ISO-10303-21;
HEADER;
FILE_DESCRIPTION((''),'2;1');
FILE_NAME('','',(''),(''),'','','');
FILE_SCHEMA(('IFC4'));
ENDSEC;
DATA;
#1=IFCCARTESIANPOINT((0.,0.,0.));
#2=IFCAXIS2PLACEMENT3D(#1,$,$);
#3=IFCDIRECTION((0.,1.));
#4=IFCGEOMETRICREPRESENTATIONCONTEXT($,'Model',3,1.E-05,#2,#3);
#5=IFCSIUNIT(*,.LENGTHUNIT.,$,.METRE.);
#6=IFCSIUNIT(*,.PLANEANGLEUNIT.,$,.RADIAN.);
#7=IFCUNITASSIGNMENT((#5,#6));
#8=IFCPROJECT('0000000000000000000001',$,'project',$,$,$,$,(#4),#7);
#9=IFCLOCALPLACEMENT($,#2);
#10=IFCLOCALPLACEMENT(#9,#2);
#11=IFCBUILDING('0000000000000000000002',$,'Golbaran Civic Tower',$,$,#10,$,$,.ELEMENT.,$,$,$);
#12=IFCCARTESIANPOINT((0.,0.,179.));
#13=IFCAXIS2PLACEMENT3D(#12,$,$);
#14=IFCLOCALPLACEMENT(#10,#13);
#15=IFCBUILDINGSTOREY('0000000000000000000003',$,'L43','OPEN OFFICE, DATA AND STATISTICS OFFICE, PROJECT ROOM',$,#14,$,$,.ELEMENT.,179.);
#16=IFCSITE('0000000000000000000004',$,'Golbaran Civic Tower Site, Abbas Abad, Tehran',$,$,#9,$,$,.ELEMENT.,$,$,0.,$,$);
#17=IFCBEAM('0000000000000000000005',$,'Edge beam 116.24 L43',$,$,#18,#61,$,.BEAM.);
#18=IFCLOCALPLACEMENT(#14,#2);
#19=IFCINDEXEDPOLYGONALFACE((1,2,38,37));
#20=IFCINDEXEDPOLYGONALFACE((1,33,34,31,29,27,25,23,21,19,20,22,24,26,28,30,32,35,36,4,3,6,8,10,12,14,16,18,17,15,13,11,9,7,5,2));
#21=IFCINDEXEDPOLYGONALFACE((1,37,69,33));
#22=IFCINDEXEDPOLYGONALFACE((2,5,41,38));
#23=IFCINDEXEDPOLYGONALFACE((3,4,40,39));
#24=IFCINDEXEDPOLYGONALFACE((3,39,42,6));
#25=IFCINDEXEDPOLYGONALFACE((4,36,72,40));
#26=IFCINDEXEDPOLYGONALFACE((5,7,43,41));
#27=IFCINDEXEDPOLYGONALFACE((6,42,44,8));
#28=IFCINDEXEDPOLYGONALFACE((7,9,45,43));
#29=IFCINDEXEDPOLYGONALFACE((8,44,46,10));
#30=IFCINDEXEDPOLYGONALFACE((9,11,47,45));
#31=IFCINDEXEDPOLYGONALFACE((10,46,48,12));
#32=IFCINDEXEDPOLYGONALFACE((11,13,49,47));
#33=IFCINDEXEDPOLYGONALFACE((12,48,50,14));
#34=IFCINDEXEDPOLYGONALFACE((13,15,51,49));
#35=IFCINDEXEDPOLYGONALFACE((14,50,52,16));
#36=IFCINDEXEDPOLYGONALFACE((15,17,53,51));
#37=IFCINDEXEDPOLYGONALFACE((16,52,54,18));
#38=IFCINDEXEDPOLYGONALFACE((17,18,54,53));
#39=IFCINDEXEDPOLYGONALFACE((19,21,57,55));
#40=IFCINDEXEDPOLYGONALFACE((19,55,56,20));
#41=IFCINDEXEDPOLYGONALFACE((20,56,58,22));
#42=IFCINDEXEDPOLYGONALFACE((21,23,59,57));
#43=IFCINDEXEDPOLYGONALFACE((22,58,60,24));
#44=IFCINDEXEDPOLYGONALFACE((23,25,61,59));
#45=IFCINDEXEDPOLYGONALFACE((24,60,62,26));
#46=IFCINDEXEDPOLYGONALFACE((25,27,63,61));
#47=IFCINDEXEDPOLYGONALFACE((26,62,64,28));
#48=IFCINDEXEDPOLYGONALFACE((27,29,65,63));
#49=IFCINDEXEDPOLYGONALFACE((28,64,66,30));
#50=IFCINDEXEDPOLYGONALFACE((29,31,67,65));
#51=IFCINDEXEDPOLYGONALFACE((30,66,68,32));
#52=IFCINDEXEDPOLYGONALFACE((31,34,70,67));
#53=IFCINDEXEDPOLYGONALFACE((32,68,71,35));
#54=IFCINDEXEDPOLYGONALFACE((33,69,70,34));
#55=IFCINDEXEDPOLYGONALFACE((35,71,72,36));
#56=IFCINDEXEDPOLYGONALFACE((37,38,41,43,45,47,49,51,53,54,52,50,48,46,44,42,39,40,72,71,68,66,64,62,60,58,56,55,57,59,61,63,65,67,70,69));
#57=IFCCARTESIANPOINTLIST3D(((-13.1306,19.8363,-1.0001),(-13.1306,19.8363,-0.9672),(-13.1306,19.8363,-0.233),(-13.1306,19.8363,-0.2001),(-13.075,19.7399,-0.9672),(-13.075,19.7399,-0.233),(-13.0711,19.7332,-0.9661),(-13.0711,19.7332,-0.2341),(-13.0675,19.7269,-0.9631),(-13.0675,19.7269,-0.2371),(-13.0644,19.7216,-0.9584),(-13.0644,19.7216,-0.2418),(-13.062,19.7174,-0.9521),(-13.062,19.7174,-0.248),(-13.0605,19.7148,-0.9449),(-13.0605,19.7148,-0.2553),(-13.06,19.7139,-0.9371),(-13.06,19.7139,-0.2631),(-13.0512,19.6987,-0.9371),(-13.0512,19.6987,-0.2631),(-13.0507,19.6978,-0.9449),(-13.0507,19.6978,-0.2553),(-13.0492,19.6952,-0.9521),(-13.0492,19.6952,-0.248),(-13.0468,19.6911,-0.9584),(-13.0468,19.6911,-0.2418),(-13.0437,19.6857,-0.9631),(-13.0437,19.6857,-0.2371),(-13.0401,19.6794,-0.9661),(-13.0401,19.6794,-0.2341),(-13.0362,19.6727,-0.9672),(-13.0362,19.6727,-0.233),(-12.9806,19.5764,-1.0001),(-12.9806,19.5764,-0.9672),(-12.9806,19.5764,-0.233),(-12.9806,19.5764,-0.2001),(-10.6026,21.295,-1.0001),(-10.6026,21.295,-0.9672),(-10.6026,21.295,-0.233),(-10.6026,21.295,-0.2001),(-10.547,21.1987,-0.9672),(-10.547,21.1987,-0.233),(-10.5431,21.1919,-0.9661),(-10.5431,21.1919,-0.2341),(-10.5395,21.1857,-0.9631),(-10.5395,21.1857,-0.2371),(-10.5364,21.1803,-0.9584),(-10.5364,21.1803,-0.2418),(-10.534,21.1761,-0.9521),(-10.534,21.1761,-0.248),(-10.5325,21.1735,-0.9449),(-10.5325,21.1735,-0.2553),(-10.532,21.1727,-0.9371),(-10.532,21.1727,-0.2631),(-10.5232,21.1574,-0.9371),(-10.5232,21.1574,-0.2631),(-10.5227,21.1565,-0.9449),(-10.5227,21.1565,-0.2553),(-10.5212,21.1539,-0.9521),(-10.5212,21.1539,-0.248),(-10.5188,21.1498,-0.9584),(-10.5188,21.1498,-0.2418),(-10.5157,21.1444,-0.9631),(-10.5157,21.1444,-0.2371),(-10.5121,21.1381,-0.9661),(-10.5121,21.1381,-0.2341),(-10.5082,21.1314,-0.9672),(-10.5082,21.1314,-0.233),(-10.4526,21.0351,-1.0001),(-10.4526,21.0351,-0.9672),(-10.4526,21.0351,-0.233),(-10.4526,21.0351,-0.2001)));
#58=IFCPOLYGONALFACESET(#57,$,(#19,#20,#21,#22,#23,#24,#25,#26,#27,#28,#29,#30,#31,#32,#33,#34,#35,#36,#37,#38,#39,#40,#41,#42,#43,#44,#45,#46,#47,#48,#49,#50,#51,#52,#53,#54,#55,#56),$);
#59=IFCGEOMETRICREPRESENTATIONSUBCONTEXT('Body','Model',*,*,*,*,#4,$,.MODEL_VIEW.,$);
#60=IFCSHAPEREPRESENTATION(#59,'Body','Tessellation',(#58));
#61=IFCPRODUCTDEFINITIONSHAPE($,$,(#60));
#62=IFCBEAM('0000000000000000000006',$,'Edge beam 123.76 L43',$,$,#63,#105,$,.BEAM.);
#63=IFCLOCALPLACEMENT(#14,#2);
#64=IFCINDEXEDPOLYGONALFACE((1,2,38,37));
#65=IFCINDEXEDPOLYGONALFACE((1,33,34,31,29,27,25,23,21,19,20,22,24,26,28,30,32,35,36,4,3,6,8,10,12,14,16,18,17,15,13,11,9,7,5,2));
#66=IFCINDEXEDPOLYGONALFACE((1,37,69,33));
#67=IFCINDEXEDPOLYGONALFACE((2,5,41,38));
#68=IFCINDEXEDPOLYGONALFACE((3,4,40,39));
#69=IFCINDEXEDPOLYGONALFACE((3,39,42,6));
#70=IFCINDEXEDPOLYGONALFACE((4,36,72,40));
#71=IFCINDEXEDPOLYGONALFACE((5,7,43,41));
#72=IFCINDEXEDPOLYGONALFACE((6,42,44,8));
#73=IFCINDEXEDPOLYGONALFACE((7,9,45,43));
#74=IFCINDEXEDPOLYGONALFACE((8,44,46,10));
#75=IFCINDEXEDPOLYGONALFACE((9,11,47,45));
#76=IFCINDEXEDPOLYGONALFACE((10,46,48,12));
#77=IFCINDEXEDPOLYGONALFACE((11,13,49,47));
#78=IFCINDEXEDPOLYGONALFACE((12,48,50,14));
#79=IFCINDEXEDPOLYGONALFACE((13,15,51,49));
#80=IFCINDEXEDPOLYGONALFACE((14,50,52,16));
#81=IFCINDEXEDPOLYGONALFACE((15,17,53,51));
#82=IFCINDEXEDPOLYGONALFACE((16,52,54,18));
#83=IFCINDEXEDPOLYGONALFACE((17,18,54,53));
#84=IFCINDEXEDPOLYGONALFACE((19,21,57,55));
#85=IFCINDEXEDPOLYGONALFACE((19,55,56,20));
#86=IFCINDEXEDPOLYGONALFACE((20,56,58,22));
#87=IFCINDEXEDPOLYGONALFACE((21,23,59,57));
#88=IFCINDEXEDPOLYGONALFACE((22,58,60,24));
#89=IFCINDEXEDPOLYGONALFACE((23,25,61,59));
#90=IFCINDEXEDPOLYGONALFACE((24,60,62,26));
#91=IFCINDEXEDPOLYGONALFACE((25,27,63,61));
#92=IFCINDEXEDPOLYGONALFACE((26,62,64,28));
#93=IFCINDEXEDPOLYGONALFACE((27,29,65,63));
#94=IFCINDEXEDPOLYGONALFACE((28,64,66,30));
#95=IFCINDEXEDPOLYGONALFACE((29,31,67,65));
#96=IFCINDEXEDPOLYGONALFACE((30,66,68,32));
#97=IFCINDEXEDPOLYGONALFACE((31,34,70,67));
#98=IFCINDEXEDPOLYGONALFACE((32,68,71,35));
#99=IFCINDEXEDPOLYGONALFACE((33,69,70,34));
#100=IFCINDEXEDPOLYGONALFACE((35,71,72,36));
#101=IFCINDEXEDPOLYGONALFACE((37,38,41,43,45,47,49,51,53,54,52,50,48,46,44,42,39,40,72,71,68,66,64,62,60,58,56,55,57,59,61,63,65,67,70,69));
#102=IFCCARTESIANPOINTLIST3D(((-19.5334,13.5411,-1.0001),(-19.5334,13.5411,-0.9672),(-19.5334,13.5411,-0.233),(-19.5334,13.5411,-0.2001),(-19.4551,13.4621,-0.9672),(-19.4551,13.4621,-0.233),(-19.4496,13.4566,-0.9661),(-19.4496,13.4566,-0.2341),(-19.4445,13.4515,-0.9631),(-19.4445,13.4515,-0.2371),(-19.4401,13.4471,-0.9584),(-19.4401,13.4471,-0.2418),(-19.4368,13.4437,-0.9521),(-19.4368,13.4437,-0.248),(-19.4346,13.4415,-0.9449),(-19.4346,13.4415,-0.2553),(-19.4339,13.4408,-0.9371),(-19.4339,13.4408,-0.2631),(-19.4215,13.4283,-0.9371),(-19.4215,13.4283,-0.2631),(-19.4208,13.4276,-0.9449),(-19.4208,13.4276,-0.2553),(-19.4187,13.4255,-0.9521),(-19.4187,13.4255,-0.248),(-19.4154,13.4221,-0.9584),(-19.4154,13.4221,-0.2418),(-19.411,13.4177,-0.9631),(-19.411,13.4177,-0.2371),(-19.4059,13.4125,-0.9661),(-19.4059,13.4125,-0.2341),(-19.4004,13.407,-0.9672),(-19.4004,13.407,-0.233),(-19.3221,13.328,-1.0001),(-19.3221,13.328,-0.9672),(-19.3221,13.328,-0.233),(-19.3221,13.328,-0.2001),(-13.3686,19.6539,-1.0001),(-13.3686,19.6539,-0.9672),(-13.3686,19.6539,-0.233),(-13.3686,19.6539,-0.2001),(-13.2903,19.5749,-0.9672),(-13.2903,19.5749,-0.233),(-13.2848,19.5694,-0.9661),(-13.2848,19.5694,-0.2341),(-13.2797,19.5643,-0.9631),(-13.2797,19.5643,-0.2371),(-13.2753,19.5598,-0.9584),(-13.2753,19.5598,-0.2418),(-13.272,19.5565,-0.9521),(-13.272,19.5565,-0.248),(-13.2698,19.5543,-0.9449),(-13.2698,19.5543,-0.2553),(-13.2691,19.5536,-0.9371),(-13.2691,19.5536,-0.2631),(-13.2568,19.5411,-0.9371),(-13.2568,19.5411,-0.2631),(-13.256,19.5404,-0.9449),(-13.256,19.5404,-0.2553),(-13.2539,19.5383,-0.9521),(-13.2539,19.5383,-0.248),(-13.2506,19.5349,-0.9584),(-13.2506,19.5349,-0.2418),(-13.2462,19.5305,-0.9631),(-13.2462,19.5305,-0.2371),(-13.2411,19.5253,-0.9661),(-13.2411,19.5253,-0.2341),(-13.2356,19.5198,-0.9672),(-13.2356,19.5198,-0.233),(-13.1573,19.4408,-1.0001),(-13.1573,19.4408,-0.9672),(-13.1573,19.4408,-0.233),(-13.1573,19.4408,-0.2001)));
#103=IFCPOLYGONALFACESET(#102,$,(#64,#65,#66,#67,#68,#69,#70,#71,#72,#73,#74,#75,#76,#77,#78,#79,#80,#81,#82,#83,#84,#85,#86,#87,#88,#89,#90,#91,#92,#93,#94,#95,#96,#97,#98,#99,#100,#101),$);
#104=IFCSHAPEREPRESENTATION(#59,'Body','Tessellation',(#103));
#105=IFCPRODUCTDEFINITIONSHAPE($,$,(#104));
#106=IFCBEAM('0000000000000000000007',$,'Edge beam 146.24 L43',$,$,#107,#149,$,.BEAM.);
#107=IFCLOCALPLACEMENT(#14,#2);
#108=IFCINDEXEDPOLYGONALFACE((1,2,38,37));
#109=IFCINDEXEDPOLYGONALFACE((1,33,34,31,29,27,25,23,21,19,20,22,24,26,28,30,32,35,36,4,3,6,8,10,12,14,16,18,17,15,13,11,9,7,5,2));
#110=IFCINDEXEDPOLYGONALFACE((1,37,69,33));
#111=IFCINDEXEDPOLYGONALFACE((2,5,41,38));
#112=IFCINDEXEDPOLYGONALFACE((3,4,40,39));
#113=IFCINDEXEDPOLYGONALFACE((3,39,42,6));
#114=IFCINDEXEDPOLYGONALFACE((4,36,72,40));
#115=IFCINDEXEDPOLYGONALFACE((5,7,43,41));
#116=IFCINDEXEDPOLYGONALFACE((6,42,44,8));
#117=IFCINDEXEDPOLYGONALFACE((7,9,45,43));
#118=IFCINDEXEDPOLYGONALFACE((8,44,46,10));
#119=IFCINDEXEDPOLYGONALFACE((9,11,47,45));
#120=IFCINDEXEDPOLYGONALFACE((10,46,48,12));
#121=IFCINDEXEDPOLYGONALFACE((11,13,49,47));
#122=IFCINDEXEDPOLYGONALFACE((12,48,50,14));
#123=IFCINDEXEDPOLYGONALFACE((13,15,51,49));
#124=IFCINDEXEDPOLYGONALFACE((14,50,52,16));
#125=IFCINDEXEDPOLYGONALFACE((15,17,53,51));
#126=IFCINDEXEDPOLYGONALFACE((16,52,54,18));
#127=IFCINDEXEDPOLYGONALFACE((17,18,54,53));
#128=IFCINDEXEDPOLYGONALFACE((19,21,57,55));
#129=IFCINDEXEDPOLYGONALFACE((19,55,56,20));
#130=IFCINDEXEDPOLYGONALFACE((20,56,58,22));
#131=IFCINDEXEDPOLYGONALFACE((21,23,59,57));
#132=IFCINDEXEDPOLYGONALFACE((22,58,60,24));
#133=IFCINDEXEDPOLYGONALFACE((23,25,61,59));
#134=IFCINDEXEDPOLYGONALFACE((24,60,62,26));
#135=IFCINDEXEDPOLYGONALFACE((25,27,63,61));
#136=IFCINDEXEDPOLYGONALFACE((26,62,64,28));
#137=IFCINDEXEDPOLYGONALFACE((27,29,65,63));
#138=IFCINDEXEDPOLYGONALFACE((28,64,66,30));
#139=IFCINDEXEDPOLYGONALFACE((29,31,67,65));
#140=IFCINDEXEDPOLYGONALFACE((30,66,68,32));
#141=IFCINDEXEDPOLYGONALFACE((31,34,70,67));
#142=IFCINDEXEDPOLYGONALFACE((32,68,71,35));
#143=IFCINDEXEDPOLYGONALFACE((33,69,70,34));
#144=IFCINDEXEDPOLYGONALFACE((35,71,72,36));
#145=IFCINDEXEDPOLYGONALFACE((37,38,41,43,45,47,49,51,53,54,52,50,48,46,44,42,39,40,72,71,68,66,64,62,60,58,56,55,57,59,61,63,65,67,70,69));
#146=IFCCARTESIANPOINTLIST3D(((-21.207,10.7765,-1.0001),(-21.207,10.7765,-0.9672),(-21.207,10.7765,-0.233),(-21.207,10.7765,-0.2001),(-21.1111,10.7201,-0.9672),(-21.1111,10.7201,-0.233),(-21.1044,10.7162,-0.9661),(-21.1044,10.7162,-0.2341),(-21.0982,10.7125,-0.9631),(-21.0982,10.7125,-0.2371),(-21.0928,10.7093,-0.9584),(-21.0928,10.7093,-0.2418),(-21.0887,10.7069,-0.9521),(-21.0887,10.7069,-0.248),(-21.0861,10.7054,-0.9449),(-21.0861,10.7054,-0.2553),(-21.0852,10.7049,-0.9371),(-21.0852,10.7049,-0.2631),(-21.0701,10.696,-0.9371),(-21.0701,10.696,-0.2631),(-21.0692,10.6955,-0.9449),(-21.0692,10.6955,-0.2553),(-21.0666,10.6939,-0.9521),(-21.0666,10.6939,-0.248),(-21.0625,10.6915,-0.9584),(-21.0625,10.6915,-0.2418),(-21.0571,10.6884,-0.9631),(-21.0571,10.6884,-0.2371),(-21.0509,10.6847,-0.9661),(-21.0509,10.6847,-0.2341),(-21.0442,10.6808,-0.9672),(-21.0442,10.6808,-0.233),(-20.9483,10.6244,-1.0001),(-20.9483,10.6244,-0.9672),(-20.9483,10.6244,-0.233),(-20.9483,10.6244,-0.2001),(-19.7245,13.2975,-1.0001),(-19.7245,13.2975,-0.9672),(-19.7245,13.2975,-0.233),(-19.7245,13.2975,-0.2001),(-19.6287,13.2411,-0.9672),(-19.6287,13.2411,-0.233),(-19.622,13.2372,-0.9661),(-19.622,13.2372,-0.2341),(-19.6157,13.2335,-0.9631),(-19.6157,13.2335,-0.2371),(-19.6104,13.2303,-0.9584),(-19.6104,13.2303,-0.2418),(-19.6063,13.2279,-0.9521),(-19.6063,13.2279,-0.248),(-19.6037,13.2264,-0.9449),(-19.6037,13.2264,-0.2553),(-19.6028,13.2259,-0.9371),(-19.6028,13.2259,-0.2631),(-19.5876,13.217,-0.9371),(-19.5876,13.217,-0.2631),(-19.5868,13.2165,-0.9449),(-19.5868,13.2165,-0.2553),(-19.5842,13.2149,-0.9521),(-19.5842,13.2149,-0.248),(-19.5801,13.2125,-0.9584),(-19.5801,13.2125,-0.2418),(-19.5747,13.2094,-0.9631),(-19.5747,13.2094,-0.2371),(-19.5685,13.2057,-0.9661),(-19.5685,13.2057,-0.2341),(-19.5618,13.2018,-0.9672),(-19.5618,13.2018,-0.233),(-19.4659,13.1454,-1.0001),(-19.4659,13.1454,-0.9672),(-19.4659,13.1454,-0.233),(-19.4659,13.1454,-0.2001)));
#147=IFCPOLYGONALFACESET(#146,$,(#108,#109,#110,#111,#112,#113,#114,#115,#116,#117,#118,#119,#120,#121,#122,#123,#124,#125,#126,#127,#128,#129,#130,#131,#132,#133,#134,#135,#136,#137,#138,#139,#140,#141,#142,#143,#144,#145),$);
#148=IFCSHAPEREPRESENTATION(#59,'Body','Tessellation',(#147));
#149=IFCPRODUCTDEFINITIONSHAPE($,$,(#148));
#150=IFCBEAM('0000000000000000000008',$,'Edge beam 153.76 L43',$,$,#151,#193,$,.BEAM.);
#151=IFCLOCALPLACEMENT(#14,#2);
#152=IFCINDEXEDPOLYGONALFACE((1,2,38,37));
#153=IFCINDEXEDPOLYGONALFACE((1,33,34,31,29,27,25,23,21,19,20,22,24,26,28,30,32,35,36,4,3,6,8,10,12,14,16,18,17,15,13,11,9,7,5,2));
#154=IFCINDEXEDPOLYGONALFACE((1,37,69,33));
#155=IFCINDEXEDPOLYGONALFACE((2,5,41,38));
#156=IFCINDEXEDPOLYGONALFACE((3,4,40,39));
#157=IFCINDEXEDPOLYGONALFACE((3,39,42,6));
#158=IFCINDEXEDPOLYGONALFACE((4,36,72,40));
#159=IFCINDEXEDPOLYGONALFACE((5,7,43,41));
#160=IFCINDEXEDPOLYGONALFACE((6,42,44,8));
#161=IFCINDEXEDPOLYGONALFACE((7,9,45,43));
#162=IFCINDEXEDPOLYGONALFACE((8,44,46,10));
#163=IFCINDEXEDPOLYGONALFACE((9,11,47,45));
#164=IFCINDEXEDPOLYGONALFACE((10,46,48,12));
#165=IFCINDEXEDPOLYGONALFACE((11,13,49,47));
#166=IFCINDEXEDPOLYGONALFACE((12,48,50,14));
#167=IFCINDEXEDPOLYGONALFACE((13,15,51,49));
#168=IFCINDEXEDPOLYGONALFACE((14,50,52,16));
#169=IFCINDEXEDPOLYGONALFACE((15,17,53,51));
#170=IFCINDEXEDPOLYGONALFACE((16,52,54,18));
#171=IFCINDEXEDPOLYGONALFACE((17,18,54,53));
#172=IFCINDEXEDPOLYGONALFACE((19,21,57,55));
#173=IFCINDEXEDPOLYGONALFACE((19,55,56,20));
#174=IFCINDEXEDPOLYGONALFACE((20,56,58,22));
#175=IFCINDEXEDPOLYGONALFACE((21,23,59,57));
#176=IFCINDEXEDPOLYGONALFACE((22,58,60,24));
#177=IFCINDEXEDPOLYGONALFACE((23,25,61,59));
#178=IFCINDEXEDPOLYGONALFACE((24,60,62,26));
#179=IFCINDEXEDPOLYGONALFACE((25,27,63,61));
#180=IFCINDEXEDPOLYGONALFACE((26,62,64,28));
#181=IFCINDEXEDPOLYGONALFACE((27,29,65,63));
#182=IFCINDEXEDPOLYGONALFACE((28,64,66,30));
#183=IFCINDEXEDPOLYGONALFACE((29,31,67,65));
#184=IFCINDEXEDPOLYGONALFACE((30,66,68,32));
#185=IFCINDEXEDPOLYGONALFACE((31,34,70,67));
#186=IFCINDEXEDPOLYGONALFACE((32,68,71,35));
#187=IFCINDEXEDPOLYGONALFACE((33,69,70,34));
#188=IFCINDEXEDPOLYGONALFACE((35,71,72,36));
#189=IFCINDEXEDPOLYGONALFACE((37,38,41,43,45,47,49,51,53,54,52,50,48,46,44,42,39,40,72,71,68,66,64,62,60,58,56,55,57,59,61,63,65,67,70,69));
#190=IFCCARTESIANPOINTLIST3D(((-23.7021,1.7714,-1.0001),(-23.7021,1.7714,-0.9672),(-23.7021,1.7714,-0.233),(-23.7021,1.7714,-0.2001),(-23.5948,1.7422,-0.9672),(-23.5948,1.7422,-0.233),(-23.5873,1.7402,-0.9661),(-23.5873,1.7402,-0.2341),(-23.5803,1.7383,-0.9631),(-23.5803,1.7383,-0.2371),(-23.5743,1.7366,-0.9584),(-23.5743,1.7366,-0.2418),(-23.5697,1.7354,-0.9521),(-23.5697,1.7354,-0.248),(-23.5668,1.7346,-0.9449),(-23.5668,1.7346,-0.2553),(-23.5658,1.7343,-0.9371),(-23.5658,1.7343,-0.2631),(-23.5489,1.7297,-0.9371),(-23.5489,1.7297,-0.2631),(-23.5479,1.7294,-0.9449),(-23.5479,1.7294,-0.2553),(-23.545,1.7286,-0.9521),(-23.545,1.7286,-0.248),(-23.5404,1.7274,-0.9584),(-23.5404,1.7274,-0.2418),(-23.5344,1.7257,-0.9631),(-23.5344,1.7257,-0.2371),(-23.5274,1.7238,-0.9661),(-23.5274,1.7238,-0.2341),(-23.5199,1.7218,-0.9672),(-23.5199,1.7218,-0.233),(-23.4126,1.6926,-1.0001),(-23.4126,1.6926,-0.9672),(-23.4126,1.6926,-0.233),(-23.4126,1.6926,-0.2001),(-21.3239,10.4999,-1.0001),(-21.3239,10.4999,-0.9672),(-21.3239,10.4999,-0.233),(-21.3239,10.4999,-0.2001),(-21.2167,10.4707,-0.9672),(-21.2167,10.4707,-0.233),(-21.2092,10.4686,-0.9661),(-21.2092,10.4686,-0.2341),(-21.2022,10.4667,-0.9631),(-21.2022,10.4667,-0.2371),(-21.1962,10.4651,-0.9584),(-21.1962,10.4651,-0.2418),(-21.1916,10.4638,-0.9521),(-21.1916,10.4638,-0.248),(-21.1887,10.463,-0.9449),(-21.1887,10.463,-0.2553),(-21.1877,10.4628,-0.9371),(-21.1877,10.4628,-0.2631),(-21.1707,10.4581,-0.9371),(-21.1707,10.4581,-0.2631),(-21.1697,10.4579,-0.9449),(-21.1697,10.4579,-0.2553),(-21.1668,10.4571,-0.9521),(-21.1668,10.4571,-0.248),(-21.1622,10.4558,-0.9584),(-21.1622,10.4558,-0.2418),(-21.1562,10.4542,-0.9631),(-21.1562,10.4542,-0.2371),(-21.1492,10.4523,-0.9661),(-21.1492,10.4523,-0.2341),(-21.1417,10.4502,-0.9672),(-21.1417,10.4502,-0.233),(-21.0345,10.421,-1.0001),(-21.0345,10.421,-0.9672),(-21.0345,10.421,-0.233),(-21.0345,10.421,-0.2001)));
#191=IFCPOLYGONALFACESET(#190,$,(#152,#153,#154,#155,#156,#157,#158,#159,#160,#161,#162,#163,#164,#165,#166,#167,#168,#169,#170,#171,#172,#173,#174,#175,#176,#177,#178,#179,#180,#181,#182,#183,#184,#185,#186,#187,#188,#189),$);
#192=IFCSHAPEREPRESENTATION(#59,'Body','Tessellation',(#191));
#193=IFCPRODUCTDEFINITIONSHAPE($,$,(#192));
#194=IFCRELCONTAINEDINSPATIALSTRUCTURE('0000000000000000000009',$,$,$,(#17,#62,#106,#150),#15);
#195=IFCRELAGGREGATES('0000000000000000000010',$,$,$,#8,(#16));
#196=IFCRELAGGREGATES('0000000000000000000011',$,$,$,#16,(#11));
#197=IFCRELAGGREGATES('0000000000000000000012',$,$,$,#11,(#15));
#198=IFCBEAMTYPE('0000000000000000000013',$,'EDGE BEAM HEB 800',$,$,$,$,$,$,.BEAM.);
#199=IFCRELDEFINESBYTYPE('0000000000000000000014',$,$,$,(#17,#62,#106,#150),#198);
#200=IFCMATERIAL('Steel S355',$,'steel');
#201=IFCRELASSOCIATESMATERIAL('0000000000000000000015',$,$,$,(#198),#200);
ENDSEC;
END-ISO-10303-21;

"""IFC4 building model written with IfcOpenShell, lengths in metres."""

from ifc_helpers import new_model, si_unit, direction, frame, origin, origin_2d, place, context, subcontext, project, spatial, i_section, extrude, material, material_profile, profile_set, type_object, element, save


model = new_model("IFC4")

# Units and contexts
model_context = context("Model", 3, precision=1e-05, world=origin(), true_north=direction((0.0, 1.0)))
body_context = subcontext(model_context, "Body", "Model", "MODEL_VIEW")
ifc_project = project(units=[si_unit("LENGTHUNIT", "METRE"), si_unit("PLANEANGLEUNIT", "RADIAN")], contexts=[model_context])

# Site, building, storey
site_placement = place(None, origin())
site = spatial("IfcSite", under=ifc_project, at=site_placement, Name="Golbaran Civic Tower Site, Abbas Abad, Tehran", CompositionType="ELEMENT", RefElevation=0.0)
building_placement = place(site_placement, origin())
building = spatial("IfcBuilding", under=site, at=building_placement, Name="Golbaran Civic Tower", CompositionType="ELEMENT")
storey_placement = place(building_placement, frame((0.0, 0.0, 179.0)))
storey = spatial("IfcBuildingStorey", under=building, at=storey_placement, Name="L43", Description="OPEN OFFICE, DATA AND STATISTICS OFFICE, PROJECT ROOM", CompositionType="ELEMENT", Elevation=179.0)

# Beams
ifc_material_1 = material(Name="Steel S355", Category="steel")
ifc_material_profile_1 = material_profile(ifc_material_1, i_section(OverallWidth=0.3, OverallDepth=0.8, WebThickness=0.0176, FlangeThickness=0.033, FilletRadius=0.03, at=origin_2d()), Name="HEB 800")
ifc_profile_set_1 = profile_set([ifc_material_profile_1], Name="Steel S355")
beam_type_1 = type_object("IfcBeamType", Name="EDGE BEAM HEB 800", PredefinedType="BEAM", material=ifc_profile_set_1)
beam_1_placement = place(storey_placement, frame((-10.5276, 21.165, -0.6001), z_axis=(-0.866151, -0.499783, 0.0), x_axis=(0.499783, -0.866151, 0.0)))
element("IfcBeam", 1, at=beam_1_placement, inside=storey, type_object=beam_type_1, Name="Edge beam 116.24 L43", PredefinedType="BEAM", context=body_context, shape_type="SweptSolid", body=[
    extrude(i_section(OverallWidth=0.3, OverallDepth=0.8, WebThickness=0.0176, FlangeThickness=0.033, FilletRadius=0.03, at=origin_2d()), origin(), (0.0, 0.0, 1.0), 2.9187),
])
beam_2_placement = place(storey_placement, frame((-13.2629, 19.5474, -0.6001), z_axis=(-0.710095, -0.704106, 0.0), x_axis=(0.704106, -0.710095, 0.0)))
element("IfcBeam", 2, at=beam_2_placement, inside=storey, type_object=beam_type_1, Name="Edge beam 123.76 L43", PredefinedType="BEAM", context=body_context, shape_type="SweptSolid", body=[
    extrude(i_section(OverallWidth=0.3, OverallDepth=0.8, WebThickness=0.0176, FlangeThickness=0.033, FilletRadius=0.03, at=origin_2d()), origin(), (0.0, 0.0, 1.0), 8.6816),
])
beam_3_placement = place(storey_placement, frame((-19.5952, 13.2214, -0.6001), z_axis=(-0.506889, -0.862011, 0.0), x_axis=(0.862011, -0.506889, 0.0)))
element("IfcBeam", 3, at=beam_3_placement, inside=storey, type_object=beam_type_1, Name="Edge beam 146.24 L43", PredefinedType="BEAM", context=body_context, shape_type="SweptSolid", body=[
    extrude(i_section(OverallWidth=0.3, OverallDepth=0.8, WebThickness=0.0176, FlangeThickness=0.033, FilletRadius=0.03, at=origin_2d()), origin(), (0.0, 0.0, 1.0), 2.9246),
])
beam_4_placement = place(storey_placement, frame((-21.1792, 10.4604, -0.6001), z_axis=(-0.262878, -0.964829, 0.0), x_axis=(0.964829, -0.262878, 0.0)))
element("IfcBeam", 4, at=beam_4_placement, inside=storey, type_object=beam_type_1, Name="Edge beam 153.76 L43", PredefinedType="BEAM", context=body_context, shape_type="SweptSolid", body=[
    extrude(i_section(OverallWidth=0.3, OverallDepth=0.8, WebThickness=0.0176, FlangeThickness=0.033, FilletRadius=0.03, at=origin_2d()), origin(), (0.0, 0.0, 1.0), 9.0466),
])

save(model, "model.ifc")
